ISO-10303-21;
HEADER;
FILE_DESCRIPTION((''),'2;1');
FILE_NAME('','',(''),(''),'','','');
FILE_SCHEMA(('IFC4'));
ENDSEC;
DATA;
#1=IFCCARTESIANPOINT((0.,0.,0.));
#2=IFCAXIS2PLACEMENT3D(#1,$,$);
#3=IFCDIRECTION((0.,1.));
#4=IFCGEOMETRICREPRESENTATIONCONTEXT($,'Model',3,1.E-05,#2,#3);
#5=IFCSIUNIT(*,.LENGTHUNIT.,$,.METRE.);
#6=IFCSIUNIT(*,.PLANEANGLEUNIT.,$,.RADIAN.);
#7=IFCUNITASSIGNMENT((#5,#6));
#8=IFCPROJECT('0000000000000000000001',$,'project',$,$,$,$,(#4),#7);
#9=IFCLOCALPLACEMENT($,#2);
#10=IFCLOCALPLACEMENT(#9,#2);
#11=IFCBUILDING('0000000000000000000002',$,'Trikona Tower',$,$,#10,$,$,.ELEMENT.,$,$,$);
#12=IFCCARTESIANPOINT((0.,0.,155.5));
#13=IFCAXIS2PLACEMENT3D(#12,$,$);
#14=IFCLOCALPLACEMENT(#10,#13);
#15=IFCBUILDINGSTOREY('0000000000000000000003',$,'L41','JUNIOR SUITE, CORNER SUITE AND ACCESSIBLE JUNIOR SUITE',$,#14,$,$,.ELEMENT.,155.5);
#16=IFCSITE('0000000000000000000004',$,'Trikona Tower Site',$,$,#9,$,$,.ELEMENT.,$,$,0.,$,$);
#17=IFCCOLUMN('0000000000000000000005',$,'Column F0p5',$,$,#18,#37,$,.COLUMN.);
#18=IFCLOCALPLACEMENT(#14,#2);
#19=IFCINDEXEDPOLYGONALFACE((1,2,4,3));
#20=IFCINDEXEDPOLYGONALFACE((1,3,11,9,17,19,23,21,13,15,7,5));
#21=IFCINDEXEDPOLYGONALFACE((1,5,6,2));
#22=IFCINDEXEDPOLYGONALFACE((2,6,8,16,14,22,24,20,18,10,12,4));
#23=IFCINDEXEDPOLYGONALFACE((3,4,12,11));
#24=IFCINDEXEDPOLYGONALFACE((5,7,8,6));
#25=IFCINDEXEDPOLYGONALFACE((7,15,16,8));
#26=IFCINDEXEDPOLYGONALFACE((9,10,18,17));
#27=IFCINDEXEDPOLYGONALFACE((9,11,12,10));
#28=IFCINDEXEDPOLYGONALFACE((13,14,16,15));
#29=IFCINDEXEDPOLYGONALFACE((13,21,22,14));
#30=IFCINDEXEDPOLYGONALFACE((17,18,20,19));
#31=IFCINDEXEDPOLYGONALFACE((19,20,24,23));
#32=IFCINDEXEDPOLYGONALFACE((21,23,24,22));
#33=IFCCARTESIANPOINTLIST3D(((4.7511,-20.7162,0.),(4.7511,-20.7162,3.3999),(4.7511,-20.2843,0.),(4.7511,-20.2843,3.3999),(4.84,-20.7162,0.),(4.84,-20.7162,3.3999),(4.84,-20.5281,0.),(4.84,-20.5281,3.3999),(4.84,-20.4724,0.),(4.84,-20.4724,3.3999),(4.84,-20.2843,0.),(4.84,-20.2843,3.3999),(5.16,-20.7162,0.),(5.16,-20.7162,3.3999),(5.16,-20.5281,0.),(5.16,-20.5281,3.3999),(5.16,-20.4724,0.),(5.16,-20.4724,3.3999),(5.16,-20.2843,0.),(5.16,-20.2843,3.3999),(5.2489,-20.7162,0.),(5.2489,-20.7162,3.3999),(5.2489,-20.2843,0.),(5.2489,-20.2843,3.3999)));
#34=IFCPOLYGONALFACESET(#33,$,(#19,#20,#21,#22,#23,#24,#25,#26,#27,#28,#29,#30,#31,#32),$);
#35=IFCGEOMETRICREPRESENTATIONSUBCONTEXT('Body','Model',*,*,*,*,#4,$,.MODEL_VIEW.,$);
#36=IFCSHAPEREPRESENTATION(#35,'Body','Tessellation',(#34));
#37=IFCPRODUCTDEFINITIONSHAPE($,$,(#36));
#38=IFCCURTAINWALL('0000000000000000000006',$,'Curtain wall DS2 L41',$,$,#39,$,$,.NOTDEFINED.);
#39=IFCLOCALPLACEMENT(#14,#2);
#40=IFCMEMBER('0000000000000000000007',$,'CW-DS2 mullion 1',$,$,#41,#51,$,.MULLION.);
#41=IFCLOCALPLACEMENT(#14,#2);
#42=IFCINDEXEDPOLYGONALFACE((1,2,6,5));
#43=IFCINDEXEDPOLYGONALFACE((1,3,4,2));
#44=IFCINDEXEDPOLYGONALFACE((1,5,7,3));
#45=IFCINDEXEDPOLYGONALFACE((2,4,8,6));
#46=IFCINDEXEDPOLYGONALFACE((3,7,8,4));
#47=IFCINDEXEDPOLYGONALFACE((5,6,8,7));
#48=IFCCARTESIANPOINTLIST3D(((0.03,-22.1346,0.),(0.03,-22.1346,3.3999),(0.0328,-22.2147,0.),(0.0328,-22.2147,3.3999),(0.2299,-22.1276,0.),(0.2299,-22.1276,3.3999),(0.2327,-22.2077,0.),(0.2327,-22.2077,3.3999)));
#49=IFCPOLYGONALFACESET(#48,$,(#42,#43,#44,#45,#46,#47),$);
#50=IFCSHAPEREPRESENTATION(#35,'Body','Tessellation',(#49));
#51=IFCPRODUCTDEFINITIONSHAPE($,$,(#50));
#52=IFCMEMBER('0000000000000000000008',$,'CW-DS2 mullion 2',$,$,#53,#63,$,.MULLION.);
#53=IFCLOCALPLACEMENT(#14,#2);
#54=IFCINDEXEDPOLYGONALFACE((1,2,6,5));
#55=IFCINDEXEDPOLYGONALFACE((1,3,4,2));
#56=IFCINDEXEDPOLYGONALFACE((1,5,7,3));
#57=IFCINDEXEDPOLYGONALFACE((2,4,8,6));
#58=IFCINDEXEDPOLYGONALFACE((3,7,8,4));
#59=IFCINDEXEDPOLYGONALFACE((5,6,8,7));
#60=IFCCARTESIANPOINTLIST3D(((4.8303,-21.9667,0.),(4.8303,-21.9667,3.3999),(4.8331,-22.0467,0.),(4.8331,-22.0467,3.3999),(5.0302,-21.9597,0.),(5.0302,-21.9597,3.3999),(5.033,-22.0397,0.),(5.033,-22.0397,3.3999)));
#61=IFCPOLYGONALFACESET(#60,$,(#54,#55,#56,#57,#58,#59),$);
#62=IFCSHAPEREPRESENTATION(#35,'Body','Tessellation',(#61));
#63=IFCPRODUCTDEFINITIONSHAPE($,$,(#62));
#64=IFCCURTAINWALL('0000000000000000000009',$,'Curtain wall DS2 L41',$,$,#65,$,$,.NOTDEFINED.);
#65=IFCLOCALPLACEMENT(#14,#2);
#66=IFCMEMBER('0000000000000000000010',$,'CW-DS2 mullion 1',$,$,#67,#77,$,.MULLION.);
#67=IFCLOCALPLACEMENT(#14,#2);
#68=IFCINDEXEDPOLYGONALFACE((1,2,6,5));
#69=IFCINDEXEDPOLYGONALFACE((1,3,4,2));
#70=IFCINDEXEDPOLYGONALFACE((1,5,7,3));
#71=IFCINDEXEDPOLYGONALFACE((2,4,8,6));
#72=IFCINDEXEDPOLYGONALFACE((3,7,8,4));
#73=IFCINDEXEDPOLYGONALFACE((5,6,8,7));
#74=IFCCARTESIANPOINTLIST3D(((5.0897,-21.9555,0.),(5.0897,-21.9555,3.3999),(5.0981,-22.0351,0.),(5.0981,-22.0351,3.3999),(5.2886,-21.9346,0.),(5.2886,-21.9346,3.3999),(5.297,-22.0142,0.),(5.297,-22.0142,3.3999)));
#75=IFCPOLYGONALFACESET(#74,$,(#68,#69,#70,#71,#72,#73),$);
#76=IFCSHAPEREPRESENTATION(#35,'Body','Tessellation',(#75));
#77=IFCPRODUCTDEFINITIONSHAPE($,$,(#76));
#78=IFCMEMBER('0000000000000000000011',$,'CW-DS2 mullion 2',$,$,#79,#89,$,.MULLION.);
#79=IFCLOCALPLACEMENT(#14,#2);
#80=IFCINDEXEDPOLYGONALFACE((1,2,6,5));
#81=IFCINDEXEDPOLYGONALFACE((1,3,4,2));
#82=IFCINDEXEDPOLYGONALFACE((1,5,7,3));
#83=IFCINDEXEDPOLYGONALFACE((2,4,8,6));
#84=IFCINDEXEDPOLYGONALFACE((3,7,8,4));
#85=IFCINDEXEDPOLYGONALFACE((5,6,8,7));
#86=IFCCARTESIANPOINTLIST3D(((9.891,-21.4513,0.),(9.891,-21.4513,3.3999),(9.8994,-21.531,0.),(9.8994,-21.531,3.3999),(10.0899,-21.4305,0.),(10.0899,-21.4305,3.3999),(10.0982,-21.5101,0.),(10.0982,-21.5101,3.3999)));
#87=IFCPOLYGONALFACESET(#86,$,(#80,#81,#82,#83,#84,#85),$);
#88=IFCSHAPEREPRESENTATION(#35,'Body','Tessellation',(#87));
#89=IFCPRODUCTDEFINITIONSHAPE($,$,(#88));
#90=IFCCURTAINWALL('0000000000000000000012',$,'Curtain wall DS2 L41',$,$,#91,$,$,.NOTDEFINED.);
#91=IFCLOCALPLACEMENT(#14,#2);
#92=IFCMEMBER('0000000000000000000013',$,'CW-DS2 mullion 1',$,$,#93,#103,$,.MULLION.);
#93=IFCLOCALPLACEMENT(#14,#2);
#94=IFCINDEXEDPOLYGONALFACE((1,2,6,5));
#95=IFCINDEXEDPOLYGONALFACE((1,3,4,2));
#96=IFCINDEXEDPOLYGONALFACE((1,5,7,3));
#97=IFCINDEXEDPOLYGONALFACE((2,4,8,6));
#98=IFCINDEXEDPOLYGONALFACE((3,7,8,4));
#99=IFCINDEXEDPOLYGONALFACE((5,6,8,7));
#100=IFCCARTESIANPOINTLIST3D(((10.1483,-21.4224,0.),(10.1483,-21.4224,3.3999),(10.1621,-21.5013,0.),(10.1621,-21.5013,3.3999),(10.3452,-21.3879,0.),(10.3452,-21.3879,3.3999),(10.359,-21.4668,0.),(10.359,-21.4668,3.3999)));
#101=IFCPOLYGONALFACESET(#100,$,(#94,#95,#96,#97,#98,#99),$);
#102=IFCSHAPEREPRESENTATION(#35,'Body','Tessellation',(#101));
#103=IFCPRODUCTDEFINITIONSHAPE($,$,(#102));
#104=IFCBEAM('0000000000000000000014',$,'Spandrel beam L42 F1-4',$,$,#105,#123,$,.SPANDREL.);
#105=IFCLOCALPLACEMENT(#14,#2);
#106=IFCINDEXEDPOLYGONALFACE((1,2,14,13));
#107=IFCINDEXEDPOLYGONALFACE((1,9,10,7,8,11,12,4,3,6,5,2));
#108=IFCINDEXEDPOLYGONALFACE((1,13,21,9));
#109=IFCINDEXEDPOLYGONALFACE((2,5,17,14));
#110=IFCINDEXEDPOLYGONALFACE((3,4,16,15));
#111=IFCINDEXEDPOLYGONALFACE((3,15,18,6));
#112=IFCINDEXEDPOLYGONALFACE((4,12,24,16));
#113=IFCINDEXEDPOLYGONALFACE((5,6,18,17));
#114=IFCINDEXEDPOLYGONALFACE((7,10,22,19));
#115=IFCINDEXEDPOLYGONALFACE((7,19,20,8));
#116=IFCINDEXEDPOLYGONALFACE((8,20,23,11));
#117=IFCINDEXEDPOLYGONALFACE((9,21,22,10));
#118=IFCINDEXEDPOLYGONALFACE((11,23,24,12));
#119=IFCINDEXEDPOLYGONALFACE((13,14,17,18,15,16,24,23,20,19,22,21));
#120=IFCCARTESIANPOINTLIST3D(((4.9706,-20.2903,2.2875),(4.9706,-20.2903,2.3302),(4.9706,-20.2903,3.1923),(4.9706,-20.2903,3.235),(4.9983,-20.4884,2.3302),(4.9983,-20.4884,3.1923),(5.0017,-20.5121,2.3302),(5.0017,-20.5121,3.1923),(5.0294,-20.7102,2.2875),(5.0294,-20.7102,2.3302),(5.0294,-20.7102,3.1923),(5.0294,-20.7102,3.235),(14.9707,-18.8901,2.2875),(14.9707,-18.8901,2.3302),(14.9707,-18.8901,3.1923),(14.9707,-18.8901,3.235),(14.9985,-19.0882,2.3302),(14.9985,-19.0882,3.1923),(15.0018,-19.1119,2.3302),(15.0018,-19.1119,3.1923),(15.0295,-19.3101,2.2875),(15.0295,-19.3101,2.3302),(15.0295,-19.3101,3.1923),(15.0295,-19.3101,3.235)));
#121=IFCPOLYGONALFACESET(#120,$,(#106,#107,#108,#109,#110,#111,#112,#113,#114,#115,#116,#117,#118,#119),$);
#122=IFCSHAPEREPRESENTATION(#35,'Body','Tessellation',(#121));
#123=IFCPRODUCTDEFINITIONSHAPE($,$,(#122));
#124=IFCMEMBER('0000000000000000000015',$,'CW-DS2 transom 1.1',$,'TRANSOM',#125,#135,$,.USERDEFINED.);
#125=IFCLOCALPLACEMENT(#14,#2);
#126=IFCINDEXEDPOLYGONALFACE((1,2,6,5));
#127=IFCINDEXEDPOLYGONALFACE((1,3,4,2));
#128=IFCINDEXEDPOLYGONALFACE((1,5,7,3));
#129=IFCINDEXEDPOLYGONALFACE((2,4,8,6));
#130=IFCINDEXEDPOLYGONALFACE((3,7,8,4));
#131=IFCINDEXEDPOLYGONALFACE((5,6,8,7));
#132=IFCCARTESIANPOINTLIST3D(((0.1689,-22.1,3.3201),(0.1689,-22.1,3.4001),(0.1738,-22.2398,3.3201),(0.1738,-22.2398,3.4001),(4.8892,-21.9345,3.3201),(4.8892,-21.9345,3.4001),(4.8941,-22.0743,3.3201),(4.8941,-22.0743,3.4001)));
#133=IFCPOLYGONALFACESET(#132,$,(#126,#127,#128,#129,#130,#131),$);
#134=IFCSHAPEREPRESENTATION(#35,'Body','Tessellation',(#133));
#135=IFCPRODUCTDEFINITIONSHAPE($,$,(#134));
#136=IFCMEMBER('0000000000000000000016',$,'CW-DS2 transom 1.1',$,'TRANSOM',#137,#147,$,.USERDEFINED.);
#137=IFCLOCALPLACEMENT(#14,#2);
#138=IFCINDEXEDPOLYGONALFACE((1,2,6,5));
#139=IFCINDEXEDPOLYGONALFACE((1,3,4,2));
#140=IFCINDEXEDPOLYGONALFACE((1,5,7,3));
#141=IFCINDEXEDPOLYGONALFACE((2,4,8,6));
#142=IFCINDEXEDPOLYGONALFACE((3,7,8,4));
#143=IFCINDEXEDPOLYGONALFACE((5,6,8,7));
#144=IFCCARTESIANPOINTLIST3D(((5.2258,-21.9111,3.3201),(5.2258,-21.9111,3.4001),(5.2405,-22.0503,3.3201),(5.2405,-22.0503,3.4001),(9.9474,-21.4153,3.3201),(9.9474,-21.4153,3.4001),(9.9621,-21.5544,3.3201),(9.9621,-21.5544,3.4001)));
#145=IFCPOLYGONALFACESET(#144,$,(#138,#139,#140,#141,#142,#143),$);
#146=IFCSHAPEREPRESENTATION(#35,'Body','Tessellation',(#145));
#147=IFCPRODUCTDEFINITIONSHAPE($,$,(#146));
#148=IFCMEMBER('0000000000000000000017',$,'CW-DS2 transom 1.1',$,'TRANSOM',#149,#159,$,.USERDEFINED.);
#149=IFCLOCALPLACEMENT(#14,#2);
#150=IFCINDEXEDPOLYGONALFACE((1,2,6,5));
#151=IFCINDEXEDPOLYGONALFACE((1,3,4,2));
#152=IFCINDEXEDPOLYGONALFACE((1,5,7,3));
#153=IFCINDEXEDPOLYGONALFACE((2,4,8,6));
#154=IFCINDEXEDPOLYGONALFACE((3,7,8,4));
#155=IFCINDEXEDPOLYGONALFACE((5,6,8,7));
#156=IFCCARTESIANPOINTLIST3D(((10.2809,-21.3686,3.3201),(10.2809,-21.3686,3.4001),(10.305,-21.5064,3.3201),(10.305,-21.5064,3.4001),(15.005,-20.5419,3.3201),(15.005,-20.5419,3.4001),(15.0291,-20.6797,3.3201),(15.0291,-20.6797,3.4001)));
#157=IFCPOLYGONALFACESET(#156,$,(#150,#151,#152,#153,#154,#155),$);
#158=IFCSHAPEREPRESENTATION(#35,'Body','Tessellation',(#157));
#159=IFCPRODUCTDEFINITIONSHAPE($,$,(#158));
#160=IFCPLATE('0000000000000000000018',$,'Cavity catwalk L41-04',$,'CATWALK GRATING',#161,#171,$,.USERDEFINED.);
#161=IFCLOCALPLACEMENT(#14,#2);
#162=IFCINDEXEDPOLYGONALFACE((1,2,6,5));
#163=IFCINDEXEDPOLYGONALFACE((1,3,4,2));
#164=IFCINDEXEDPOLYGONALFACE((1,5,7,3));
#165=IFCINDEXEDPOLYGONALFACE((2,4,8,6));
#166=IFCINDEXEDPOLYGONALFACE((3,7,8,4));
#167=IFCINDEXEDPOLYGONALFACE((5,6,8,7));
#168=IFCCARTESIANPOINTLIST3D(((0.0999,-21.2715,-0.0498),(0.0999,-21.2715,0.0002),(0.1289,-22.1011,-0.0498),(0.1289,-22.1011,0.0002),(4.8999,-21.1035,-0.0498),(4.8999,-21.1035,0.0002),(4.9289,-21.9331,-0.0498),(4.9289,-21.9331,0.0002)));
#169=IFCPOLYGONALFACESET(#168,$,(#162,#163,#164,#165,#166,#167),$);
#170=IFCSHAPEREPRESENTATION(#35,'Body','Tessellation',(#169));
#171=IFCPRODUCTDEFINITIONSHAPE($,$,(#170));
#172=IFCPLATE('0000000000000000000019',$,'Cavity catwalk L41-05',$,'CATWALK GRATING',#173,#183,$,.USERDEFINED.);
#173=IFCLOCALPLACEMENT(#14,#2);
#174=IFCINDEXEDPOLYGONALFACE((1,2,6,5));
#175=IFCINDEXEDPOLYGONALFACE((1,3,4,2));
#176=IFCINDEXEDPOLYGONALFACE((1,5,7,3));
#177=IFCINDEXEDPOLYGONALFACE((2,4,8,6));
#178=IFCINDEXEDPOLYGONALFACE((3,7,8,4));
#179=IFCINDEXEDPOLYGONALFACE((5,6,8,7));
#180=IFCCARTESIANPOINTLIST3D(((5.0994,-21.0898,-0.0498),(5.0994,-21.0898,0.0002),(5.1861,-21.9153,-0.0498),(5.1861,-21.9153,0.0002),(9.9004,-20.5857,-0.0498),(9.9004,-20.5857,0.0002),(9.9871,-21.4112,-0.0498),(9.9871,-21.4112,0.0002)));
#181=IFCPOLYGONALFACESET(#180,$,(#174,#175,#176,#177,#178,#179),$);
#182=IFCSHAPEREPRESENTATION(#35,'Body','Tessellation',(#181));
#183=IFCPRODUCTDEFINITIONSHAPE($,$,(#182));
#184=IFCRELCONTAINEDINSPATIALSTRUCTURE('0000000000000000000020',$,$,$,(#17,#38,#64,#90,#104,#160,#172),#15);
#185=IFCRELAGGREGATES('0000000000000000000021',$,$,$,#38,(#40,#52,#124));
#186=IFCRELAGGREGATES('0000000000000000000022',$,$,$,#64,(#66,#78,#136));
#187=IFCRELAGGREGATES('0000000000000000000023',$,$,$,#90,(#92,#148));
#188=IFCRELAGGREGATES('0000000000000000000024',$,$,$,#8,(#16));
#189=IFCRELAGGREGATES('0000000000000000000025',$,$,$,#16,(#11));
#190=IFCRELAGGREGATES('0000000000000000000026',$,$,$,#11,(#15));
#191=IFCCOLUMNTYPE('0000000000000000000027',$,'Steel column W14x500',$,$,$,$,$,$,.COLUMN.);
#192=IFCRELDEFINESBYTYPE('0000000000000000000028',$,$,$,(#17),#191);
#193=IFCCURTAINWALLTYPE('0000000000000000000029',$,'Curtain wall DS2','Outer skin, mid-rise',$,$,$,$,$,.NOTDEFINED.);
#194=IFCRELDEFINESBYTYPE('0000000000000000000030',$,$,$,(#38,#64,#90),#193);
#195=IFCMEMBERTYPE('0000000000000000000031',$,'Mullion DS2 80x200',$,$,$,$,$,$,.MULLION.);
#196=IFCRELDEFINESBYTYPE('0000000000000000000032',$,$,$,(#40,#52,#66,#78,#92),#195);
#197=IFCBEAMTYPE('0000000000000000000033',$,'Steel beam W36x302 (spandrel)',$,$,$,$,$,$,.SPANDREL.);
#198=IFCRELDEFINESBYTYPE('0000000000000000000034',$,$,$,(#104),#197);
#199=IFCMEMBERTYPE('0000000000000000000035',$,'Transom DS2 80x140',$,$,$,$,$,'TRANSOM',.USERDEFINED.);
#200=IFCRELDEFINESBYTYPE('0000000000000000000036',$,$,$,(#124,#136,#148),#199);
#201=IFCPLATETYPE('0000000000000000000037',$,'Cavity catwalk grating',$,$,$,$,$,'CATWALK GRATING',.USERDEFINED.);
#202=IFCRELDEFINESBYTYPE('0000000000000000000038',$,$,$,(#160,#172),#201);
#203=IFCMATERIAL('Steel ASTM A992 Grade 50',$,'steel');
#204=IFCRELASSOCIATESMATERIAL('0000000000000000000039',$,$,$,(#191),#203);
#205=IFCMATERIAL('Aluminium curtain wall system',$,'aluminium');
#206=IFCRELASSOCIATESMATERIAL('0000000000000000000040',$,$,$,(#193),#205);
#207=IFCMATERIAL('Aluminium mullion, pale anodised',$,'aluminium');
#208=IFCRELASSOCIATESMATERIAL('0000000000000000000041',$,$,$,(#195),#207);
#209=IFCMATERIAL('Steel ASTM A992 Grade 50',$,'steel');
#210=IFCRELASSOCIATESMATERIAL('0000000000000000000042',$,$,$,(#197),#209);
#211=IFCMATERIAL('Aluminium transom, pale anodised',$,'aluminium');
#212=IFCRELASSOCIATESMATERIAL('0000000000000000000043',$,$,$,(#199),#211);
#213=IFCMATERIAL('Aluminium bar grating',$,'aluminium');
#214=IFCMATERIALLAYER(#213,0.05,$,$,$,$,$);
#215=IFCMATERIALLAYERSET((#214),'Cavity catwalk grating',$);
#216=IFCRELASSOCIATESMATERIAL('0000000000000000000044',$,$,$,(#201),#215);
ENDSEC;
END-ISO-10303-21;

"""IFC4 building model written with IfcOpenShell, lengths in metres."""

from ifc_helpers import new_model, si_unit, direction, frame, origin, origin_2d, place, context, subcontext, project, spatial, rectangle, i_section, extrude, material, layer, layer_set, material_profile, profile_set, type_object, element, aggregate, save


model = new_model("IFC4")

# Units and contexts
model_context = context("Model", 3, precision=1e-05, world=origin(), true_north=direction((0.0, 1.0)))
body_context = subcontext(model_context, "Body", "Model", "MODEL_VIEW")
ifc_project = project(units=[si_unit("LENGTHUNIT", "METRE"), si_unit("PLANEANGLEUNIT", "RADIAN")], contexts=[model_context])

# Site, building, storey
site_placement = place(None, origin())
site = spatial("IfcSite", under=ifc_project, at=site_placement, Name="Trikona Tower Site", CompositionType="ELEMENT", RefElevation=0.0)
building_placement = place(site_placement, origin())
building = spatial("IfcBuilding", under=site, at=building_placement, Name="Trikona Tower", CompositionType="ELEMENT")
storey_placement = place(building_placement, frame((0.0, 0.0, 155.5)))
storey = spatial("IfcBuildingStorey", under=building, at=storey_placement, Name="L41", Description="JUNIOR SUITE, CORNER SUITE AND ACCESSIBLE JUNIOR SUITE", CompositionType="ELEMENT", Elevation=155.5)

# Column
ifc_material_1 = material(Name="Steel ASTM A992 Grade 50", Category="steel")
ifc_material_profile_1 = material_profile(ifc_material_1, i_section(OverallWidth=0.4319, OverallDepth=0.4978, WebThickness=0.0557, FlangeThickness=0.0889, at=origin_2d()), Name="W14X500")
ifc_profile_set_1 = profile_set([ifc_material_profile_1], Name="Steel ASTM A992 Grade 50")
column_type = type_object("IfcColumnType", Name="Steel column W14x500", PredefinedType="COLUMN", material=ifc_profile_set_1)
column_placement = place(storey_placement, frame((5.0, -20.5002, 0.0), z_axis=(0.0, 0.0, 1.0), x_axis=(0.0, -1.0, 0.0)))
element("IfcColumn", 1, at=column_placement, inside=storey, type_object=column_type, Name="Column F0p5", PredefinedType="COLUMN", context=body_context, shape_type="SweptSolid", body=[
    extrude(i_section(OverallWidth=0.4319, OverallDepth=0.4978, WebThickness=0.0557, FlangeThickness=0.0889, at=origin_2d()), origin(), (0.0, 0.0, 1.0), 3.3999),
])

# Curtain walls, members
ifc_material_2 = material(Name="Aluminium curtain wall system", Category="aluminium")
curtain_wall_type = type_object("IfcCurtainWallType", Name="Curtain wall DS2", Description="Outer skin, mid-rise", PredefinedType="NOTDEFINED", material=ifc_material_2)
curtain_wall_1_placement = place(storey_placement, origin())
curtain_wall_1 = element("IfcCurtainWall", 2, at=curtain_wall_1_placement, inside=storey, type_object=curtain_wall_type, Name="Curtain wall DS2 L41", PredefinedType="NOTDEFINED")
ifc_material_3 = material(Name="Aluminium mullion, pale anodised", Category="aluminium")
ifc_material_profile_2 = material_profile(ifc_material_3, rectangle(XDim=0.0801, YDim=0.2, at=origin_2d()), Name="MUL-DS2")
ifc_profile_set_2 = profile_set([ifc_material_profile_2], Name="Aluminium mullion, pale anodised")
member_type_1 = type_object("IfcMemberType", Name="Mullion DS2 80x200", PredefinedType="MULLION", material=ifc_profile_set_2)
member_1_placement = place(storey_placement, frame((0.1313, -22.1711, 0.0), z_axis=(0.0, 0.0, 1.0), x_axis=(-0.034998, 0.999387, 0.0)))
member_1 = element("IfcMember", 3, at=member_1_placement, type_object=member_type_1, Name="CW-DS2 mullion 1", PredefinedType="MULLION", context=body_context, shape_type="SweptSolid", body=[
    extrude(rectangle(XDim=0.0801, YDim=0.2, at=origin_2d()), origin(), (0.0, 0.0, 1.0), 3.3999),
])
member_2_placement = place(storey_placement, frame((4.9316, -22.0032, 0.0), z_axis=(0.0, 0.0, 1.0), x_axis=(-0.034998, 0.999387, 0.0)))
member_2 = element("IfcMember", 4, at=member_2_placement, type_object=member_type_1, Name="CW-DS2 mullion 2", PredefinedType="MULLION", context=body_context, shape_type="SweptSolid", body=[
    extrude(rectangle(XDim=0.0801, YDim=0.2, at=origin_2d()), origin(), (0.0, 0.0, 1.0), 3.3999),
])
curtain_wall_2_placement = place(storey_placement, origin())
curtain_wall_2 = element("IfcCurtainWall", 5, at=curtain_wall_2_placement, inside=storey, type_object=curtain_wall_type, Name="Curtain wall DS2 L41", PredefinedType="NOTDEFINED")
member_3_placement = place(storey_placement, frame((5.1934, -21.9849, 0.0), z_axis=(0.0, 0.0, 1.0), x_axis=(-0.104433, 0.994532, 0.0)))
member_3 = element("IfcMember", 6, at=member_3_placement, type_object=member_type_1, Name="CW-DS2 mullion 1", PredefinedType="MULLION", context=body_context, shape_type="SweptSolid", body=[
    extrude(rectangle(XDim=0.0801, YDim=0.2, at=origin_2d()), origin(), (0.0, 0.0, 1.0), 3.3999),
])
member_4_placement = place(storey_placement, frame((9.9946, -21.4807, 0.0), z_axis=(0.0, 0.0, 1.0), x_axis=(-0.104433, 0.994532, 0.0)))
member_4 = element("IfcMember", 7, at=member_4_placement, type_object=member_type_1, Name="CW-DS2 mullion 2", PredefinedType="MULLION", context=body_context, shape_type="SweptSolid", body=[
    extrude(rectangle(XDim=0.0801, YDim=0.2, at=origin_2d()), origin(), (0.0, 0.0, 1.0), 3.3999),
])

# Curtain wall, member
curtain_wall_3_placement = place(storey_placement, origin())
curtain_wall_3 = element("IfcCurtainWall", 8, at=curtain_wall_3_placement, inside=storey, type_object=curtain_wall_type, Name="Curtain wall DS2 L41", PredefinedType="NOTDEFINED")
member_5_placement = place(storey_placement, frame((10.2537, -21.4446, 0.0), z_axis=(0.0, 0.0, 1.0), x_axis=(-0.172377, 0.985031, 0.0)))
member_5 = element("IfcMember", 9, at=member_5_placement, type_object=member_type_1, Name="CW-DS2 mullion 1", PredefinedType="MULLION", context=body_context, shape_type="SweptSolid", body=[
    extrude(rectangle(XDim=0.0801, YDim=0.2, at=origin_2d()), origin(), (0.0, 0.0, 1.0), 3.3999),
])

# Beam
ifc_material_4 = material(Name="Steel ASTM A992 Grade 50", Category="steel")
ifc_material_profile_3 = material_profile(ifc_material_4, i_section(OverallWidth=0.4241, OverallDepth=0.9475, WebThickness=0.0239, FlangeThickness=0.0427, at=origin_2d()), Name="W36X302")
ifc_profile_set_3 = profile_set([ifc_material_profile_3], Name="Steel ASTM A992 Grade 50")
beam_type = type_object("IfcBeamType", Name="Steel beam W36x302 (spandrel)", PredefinedType="SPANDREL", material=ifc_profile_set_3)
beam_placement = place(storey_placement, frame((5.0, -20.5002, 2.7612), z_axis=(0.99034, 0.138662, 0.0), x_axis=(-0.138662, 0.99034, 0.0)))
element("IfcBeam", 10, at=beam_placement, inside=storey, type_object=beam_type, Name="Spandrel beam L42 F1-4", PredefinedType="SPANDREL", context=body_context, shape_type="SweptSolid", body=[
    extrude(i_section(OverallWidth=0.4241, OverallDepth=0.9475, WebThickness=0.0239, FlangeThickness=0.0427, at=origin_2d()), origin(), (0.0, 0.0, 1.0), 10.0977),
])

# Members
ifc_material_5 = material(Name="Aluminium transom, pale anodised", Category="aluminium")
ifc_material_profile_4 = material_profile(ifc_material_5, rectangle(XDim=0.1399, YDim=0.0801, at=origin_2d()), Name="TRN-DS2")
ifc_profile_set_4 = profile_set([ifc_material_profile_4], Name="Aluminium transom, pale anodised")
member_type_2 = type_object("IfcMemberType", Name="Transom DS2 80x140", ElementType="TRANSOM", PredefinedType="USERDEFINED", material=ifc_profile_set_4)
member_6_placement = place(storey_placement, frame((0.1714, -22.1699, 3.3601), z_axis=(0.999386, 0.035046, 0.0), x_axis=(-0.035046, 0.999386, 0.0)))
member_6 = element("IfcMember", 11, at=member_6_placement, type_object=member_type_2, Name="CW-DS2 transom 1.1", ObjectType="TRANSOM", PredefinedType="USERDEFINED", context=body_context, shape_type="SweptSolid", body=[
    extrude(rectangle(XDim=0.1399, YDim=0.0801, at=origin_2d()), origin(), (0.0, 0.0, 1.0), 4.7231),
])
member_7_placement = place(storey_placement, frame((5.2332, -21.9807, 3.3601), z_axis=(0.994531, 0.104441, 0.0), x_axis=(-0.104441, 0.994531, 0.0)))
member_7 = element("IfcMember", 12, at=member_7_placement, type_object=member_type_2, Name="CW-DS2 transom 1.1", ObjectType="TRANSOM", PredefinedType="USERDEFINED", context=body_context, shape_type="SweptSolid", body=[
    extrude(rectangle(XDim=0.1399, YDim=0.0801, at=origin_2d()), origin(), (0.0, 0.0, 1.0), 4.7476),
])
member_8_placement = place(storey_placement, frame((10.293, -21.4375, 3.3601), z_axis=(0.985033, 0.172368, 0.0), x_axis=(-0.172368, 0.985033, 0.0)))
member_8 = element("IfcMember", 13, at=member_8_placement, type_object=member_type_2, Name="CW-DS2 transom 1.1", ObjectType="TRANSOM", PredefinedType="USERDEFINED", context=body_context, shape_type="SweptSolid", body=[
    extrude(rectangle(XDim=0.1399, YDim=0.0801, at=origin_2d()), origin(), (0.0, 0.0, 1.0), 4.7959),
])

# Plates
ifc_material_6 = material(Name="Aluminium bar grating", Category="aluminium")
ifc_layer_1 = layer(ifc_material_6, 0.05)
ifc_layer_set_1 = layer_set([ifc_layer_1], Name="Cavity catwalk grating")
plate_type_1 = type_object("IfcPlateType", Name="Cavity catwalk grating", ElementType="CATWALK GRATING", PredefinedType="USERDEFINED", material=ifc_layer_set_1)
plate_1_placement = place(storey_placement, frame((2.5144, -21.6023, -0.0498), z_axis=(0.0, 0.0, 1.0), x_axis=(0.999388, 0.034978, 0.0)))
element("IfcPlate", 14, at=plate_1_placement, inside=storey, type_object=plate_type_1, Name="Cavity catwalk L41-04", ObjectType="CATWALK GRATING", PredefinedType="USERDEFINED", context=body_context, shape_type="SweptSolid", body=[
    extrude(rectangle(XDim=4.803, YDim=0.8301, at=origin_2d()), origin(), (0.0, 0.0, 1.0), 0.05),
])
plate_2_placement = place(storey_placement, frame((7.5432, -21.2505, -0.0498), z_axis=(0.0, 0.0, 1.0), x_axis=(0.994533, 0.104426, 0.0)))
element("IfcPlate", 15, at=plate_2_placement, inside=storey, type_object=plate_type_1, Name="Cavity catwalk L41-05", ObjectType="CATWALK GRATING", PredefinedType="USERDEFINED", context=body_context, shape_type="SweptSolid", body=[
    extrude(rectangle(XDim=4.8274, YDim=0.8301, at=origin_2d()), origin(), (0.0, 0.0, 1.0), 0.05),
])

aggregate(curtain_wall_1, [member_1, member_2, member_6])
aggregate(curtain_wall_2, [member_3, member_4, member_7])
aggregate(curtain_wall_3, [member_5, member_8])

save(model, "model.ifc")
